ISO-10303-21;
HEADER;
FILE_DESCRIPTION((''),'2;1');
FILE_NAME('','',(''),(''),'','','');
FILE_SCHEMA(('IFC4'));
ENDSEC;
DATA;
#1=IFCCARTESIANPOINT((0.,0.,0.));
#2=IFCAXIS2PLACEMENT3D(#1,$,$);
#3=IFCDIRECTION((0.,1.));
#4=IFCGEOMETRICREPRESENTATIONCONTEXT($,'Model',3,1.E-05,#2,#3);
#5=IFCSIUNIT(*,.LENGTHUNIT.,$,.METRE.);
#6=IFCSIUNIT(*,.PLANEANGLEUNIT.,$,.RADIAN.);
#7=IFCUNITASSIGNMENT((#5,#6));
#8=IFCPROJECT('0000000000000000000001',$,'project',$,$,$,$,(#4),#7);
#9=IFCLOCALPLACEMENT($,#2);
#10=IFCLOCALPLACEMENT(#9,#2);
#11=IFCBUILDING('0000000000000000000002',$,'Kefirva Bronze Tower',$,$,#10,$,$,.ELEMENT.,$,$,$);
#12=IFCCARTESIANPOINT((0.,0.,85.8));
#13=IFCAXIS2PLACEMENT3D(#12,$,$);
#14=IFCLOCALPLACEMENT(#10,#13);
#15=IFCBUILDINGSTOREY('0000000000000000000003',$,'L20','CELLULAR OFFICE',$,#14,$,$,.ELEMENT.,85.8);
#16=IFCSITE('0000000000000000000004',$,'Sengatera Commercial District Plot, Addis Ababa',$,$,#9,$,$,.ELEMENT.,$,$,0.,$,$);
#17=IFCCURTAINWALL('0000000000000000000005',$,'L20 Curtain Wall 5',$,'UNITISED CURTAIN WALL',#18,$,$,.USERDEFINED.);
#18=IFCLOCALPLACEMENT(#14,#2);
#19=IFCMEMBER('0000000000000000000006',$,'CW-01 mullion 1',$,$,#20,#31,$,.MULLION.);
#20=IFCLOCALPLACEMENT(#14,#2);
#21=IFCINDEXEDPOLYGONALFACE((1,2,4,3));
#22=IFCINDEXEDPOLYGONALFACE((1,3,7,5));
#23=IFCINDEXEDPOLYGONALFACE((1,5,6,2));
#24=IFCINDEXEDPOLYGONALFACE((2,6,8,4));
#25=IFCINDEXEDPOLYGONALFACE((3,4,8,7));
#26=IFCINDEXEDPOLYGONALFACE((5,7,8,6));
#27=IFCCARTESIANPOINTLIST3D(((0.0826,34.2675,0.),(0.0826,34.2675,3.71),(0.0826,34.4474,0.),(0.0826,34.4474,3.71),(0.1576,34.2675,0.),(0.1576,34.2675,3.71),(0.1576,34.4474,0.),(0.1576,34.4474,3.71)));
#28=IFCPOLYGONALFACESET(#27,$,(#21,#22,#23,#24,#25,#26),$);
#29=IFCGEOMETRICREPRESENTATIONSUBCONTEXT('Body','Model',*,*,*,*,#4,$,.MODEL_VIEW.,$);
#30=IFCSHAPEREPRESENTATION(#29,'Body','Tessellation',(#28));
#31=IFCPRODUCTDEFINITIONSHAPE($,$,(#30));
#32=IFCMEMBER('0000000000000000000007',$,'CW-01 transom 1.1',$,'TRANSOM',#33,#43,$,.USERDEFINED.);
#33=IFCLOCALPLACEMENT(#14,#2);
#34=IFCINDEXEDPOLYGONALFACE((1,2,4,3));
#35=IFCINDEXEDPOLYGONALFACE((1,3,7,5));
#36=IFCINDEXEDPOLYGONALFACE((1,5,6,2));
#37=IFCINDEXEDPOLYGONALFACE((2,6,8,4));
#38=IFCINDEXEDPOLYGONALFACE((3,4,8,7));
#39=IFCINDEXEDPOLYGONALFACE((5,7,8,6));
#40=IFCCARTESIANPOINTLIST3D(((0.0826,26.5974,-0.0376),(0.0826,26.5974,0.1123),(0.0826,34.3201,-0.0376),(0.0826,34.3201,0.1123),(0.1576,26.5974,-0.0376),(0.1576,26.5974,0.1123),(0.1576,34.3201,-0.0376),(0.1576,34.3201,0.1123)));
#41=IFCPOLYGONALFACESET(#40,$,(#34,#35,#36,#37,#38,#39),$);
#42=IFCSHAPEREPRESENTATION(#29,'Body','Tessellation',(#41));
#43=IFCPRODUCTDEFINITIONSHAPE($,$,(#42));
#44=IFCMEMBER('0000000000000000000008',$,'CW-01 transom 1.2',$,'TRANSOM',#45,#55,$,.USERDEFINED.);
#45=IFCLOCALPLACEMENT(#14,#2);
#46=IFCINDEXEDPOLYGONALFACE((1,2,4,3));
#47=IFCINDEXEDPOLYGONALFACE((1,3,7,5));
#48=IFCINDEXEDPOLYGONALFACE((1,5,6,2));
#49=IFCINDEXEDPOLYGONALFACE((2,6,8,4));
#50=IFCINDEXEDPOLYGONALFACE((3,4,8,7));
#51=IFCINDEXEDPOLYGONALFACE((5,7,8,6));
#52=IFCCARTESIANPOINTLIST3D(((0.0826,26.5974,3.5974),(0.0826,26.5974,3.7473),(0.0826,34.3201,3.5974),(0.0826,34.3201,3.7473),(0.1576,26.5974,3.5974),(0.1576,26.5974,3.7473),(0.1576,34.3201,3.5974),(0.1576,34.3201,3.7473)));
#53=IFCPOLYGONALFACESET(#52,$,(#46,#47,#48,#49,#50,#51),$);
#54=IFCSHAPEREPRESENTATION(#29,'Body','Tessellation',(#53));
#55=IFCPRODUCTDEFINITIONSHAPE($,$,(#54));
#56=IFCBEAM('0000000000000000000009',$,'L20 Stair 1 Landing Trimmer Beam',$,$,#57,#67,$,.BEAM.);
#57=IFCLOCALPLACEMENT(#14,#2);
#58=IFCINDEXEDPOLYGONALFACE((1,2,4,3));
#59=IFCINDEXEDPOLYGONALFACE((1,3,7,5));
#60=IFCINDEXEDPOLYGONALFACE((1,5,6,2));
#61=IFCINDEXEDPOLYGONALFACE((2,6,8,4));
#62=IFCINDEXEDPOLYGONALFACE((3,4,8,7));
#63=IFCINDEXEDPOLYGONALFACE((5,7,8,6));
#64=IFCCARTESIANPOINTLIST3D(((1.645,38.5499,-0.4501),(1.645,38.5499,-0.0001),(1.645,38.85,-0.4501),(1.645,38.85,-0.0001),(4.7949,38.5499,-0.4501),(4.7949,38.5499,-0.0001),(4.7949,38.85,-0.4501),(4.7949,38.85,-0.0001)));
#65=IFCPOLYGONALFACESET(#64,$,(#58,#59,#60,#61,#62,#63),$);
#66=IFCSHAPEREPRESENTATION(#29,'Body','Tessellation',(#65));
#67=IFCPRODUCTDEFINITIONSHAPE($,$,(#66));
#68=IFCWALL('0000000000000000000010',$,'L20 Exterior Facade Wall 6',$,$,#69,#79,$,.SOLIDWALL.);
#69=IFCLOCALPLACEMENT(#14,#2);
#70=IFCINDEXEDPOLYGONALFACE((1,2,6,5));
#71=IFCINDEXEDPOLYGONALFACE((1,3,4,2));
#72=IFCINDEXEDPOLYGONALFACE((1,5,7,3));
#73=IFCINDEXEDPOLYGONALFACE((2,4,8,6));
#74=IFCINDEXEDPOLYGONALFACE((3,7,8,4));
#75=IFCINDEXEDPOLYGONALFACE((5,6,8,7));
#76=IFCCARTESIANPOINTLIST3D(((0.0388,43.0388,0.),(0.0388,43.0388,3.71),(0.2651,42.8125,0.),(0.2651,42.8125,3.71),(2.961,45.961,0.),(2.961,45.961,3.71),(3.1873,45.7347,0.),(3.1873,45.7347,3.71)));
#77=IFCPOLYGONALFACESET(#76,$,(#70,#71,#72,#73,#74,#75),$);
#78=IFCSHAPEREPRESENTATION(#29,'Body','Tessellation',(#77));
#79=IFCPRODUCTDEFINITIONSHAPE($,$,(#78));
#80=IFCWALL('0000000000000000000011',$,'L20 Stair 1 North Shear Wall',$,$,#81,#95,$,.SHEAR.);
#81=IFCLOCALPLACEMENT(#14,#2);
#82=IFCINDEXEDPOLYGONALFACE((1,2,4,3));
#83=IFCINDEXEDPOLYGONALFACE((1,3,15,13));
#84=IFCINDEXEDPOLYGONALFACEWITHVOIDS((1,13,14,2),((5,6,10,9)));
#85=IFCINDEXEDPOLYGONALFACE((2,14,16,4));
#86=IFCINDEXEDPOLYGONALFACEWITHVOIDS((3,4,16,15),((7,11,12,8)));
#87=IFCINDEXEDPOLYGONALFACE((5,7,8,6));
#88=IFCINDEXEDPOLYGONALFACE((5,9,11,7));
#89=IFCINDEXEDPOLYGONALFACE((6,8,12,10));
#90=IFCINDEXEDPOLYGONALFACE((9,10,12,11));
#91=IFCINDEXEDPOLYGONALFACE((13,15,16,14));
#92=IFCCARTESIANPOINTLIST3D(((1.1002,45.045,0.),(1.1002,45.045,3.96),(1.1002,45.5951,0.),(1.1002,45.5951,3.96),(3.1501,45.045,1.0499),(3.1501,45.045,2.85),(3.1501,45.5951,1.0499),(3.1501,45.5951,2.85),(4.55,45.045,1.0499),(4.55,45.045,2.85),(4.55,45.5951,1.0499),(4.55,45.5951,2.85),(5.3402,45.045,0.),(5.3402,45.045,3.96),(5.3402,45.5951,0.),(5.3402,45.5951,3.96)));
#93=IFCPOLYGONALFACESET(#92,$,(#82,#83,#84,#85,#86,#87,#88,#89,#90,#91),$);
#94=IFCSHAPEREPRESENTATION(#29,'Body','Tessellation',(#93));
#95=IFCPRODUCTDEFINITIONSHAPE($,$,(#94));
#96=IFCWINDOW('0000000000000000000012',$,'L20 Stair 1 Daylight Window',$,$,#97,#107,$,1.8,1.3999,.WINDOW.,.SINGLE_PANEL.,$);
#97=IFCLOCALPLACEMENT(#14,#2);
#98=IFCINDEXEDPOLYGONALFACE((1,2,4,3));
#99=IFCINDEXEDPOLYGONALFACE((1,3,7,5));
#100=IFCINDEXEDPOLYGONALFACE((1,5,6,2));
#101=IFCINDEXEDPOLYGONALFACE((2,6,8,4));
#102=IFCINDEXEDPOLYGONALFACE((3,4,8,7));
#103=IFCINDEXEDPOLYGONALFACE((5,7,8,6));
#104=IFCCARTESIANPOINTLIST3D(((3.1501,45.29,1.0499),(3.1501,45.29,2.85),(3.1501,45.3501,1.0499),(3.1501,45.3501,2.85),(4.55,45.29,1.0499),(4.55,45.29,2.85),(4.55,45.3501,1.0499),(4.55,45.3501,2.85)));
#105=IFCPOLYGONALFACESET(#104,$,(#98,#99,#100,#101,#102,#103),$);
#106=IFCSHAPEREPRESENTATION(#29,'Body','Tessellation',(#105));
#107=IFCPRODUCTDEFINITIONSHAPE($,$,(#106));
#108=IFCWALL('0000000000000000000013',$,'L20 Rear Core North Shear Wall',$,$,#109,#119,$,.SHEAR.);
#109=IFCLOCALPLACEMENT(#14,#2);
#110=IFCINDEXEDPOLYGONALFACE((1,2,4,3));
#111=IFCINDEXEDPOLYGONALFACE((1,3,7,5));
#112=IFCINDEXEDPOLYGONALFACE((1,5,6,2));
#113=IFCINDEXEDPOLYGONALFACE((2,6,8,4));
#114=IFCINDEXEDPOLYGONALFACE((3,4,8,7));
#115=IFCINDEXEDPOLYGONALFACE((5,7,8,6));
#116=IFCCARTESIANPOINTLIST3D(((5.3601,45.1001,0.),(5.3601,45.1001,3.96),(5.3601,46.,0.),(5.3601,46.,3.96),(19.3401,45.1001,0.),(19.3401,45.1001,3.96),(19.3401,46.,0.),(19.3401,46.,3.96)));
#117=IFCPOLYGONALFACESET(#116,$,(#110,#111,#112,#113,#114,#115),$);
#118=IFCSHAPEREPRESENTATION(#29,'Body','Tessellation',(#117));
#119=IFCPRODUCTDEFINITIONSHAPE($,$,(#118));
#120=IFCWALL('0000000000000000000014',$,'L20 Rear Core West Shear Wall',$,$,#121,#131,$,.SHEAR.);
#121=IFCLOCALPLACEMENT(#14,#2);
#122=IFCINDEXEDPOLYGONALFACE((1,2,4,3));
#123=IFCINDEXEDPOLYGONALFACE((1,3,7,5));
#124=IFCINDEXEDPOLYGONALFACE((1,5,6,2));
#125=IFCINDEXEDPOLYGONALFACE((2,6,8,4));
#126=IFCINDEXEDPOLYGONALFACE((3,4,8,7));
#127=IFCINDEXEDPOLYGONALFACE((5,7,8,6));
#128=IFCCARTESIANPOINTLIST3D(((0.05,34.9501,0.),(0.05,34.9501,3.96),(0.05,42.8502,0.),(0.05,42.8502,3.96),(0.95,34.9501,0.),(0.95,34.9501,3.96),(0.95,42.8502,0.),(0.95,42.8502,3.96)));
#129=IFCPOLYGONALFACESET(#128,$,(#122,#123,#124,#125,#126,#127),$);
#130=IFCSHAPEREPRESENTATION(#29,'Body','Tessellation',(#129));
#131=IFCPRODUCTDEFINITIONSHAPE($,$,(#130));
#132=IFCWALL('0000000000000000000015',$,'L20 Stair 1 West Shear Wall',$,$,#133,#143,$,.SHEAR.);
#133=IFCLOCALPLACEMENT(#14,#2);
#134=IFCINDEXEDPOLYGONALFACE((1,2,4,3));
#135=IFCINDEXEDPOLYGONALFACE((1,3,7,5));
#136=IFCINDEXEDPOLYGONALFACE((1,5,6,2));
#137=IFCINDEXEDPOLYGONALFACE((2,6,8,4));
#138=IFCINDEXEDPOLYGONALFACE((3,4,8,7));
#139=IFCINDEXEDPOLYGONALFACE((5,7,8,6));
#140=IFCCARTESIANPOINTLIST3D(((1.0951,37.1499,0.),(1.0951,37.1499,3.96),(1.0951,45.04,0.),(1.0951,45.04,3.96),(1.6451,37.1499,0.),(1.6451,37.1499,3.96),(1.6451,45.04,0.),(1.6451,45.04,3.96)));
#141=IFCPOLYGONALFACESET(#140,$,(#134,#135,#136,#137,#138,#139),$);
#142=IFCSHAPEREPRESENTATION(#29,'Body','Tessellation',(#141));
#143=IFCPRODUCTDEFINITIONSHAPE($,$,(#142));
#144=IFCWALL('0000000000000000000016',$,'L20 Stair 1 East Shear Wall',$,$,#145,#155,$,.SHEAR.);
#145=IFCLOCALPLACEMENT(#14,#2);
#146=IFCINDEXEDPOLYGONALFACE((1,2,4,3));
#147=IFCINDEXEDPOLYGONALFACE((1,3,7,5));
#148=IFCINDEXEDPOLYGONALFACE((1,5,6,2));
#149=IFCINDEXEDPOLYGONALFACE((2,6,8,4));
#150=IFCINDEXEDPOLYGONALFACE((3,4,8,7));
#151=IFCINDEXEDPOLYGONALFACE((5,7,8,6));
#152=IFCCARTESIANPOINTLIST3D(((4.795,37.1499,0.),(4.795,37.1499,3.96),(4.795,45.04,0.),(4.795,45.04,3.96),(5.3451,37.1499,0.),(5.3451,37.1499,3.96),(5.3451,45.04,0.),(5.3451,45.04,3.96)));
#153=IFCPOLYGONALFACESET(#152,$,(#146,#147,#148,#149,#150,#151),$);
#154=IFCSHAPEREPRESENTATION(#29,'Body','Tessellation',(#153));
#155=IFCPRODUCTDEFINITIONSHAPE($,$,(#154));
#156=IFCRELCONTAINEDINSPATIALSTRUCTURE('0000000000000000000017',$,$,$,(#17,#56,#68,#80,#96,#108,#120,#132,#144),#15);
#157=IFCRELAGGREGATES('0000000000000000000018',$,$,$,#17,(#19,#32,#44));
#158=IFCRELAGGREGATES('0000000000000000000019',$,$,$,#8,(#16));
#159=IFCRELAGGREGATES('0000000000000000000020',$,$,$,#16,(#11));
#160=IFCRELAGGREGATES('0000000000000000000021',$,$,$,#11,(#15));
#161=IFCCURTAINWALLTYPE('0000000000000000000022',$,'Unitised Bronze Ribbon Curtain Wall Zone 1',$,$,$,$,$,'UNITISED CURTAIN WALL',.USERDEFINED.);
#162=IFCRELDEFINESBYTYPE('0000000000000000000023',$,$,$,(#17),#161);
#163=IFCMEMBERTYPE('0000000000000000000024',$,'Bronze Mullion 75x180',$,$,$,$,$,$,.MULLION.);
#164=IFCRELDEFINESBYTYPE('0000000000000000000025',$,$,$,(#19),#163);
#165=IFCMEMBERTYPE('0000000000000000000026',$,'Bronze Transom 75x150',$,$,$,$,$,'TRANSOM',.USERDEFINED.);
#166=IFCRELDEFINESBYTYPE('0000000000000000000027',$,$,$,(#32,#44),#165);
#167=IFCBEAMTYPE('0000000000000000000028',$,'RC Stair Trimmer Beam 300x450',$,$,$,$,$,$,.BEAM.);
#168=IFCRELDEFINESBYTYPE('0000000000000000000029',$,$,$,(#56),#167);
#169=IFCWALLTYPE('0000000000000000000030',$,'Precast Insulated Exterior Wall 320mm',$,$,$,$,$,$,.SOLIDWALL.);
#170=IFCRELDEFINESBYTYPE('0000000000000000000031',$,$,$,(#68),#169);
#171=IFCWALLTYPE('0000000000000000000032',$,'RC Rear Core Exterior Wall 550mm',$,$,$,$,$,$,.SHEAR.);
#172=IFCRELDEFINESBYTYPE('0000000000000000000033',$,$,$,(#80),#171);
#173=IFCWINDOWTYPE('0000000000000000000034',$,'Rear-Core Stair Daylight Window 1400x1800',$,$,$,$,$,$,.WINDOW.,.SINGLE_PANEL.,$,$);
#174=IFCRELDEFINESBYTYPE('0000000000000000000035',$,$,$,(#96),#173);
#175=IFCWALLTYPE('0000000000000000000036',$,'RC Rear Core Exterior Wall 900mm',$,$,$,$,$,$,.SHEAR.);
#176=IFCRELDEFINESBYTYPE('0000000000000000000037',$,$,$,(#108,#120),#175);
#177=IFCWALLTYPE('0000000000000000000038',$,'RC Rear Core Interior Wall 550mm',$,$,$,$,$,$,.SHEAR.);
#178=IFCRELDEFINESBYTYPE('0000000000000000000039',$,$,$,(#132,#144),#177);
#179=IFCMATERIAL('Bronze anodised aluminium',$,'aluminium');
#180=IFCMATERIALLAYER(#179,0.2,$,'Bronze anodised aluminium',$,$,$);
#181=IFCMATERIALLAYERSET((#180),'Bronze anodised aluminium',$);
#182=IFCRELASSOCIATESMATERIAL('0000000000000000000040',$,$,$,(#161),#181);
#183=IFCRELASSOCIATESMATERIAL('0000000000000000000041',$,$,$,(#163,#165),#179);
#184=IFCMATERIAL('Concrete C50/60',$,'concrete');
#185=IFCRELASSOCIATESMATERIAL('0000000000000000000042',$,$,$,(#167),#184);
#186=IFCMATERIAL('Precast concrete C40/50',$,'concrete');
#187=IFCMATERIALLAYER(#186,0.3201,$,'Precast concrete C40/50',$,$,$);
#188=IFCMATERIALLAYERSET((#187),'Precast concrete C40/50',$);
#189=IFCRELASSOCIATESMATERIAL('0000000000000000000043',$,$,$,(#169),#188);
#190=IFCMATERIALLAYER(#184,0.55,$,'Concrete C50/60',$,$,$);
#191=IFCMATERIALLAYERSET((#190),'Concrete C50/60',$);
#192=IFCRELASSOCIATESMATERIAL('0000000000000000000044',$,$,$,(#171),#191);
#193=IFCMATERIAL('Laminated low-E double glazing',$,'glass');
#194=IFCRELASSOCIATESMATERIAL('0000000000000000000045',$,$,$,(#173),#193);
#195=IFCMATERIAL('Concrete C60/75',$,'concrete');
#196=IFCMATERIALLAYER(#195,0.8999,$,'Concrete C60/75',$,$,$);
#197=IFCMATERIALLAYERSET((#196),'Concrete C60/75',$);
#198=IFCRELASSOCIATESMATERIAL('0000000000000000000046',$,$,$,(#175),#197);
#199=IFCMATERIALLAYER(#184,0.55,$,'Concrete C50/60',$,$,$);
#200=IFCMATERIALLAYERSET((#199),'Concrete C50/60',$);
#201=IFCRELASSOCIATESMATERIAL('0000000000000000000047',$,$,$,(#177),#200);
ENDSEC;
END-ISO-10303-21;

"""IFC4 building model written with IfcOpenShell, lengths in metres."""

from ifc_helpers import new_model, si_unit, direction, frame, frame_2d, origin, origin_2d, place, context, subcontext, project, spatial, rectangle, extrude, material, layer, layer_set, material_profile, profile_set, type_object, element, fill, aggregate, save


model = new_model("IFC4")

# Units and contexts
model_context = context("Model", 3, precision=1e-05, world=origin(), true_north=direction((0.0, 1.0)))
body_context = subcontext(model_context, "Body", "Model", "MODEL_VIEW")
ifc_project = project(units=[si_unit("LENGTHUNIT", "METRE"), si_unit("PLANEANGLEUNIT", "RADIAN")], contexts=[model_context])

# Site, building, storey
site_placement = place(None, origin())
site = spatial("IfcSite", under=ifc_project, at=site_placement, Name="Sengatera Commercial District Plot, Addis Ababa", CompositionType="ELEMENT", RefElevation=0.0)
building_placement = place(site_placement, origin())
building = spatial("IfcBuilding", under=site, at=building_placement, Name="Kefirva Bronze Tower", CompositionType="ELEMENT")
storey_placement = place(building_placement, frame((0.0, 0.0, 85.8)))
storey = spatial("IfcBuildingStorey", under=building, at=storey_placement, Name="L20", Description="CELLULAR OFFICE", CompositionType="ELEMENT", Elevation=85.8)

# Curtain wall, members
ifc_material_1 = material(Name="Bronze anodised aluminium", Category="aluminium")
ifc_layer_1 = layer(ifc_material_1, 0.2, Name="Bronze anodised aluminium")
ifc_layer_set_1 = layer_set([ifc_layer_1], Name="Bronze anodised aluminium")
curtain_wall_type = type_object("IfcCurtainWallType", Name="Unitised Bronze Ribbon Curtain Wall Zone 1", ElementType="UNITISED CURTAIN WALL", PredefinedType="USERDEFINED", material=ifc_layer_set_1)
curtain_wall_placement = place(storey_placement, origin())
curtain_wall = element("IfcCurtainWall", 1, at=curtain_wall_placement, inside=storey, type_object=curtain_wall_type, Name="L20 Curtain Wall 5", ObjectType="UNITISED CURTAIN WALL", PredefinedType="USERDEFINED")
ifc_material_profile_1 = material_profile(ifc_material_1, rectangle(XDim=0.075, YDim=0.1799, at=origin_2d()), Name="ALU 75x180")
ifc_profile_set_1 = profile_set([ifc_material_profile_1], Name="Bronze anodised aluminium")
member_type_1 = type_object("IfcMemberType", Name="Bronze Mullion 75x180", PredefinedType="MULLION", material=ifc_profile_set_1)
member_1_placement = place(storey_placement, frame((0.1201, 34.3574, 0.0), z_axis=(0.0, 0.0, 1.0), x_axis=(1.0, 0.0, 0.0)))
member_1 = element("IfcMember", 2, at=member_1_placement, type_object=member_type_1, Name="CW-01 mullion 1", PredefinedType="MULLION", context=body_context, shape_type="SweptSolid", body=[
    extrude(rectangle(XDim=0.075, YDim=0.1799, at=origin_2d()), origin(), (0.0, 0.0, 1.0), 3.71),
])
ifc_material_profile_2 = material_profile(ifc_material_1, rectangle(XDim=0.075, YDim=0.1499, at=origin_2d()), Name="ALU 75x150")
ifc_profile_set_2 = profile_set([ifc_material_profile_2], Name="Bronze anodised aluminium")
member_type_2 = type_object("IfcMemberType", Name="Bronze Transom 75x150", ElementType="TRANSOM", PredefinedType="USERDEFINED", material=ifc_profile_set_2)
member_2_placement = place(storey_placement, frame((0.1201, 34.3201, 0.0374), z_axis=(0.0, -1.0, 0.0), x_axis=(1.0, 0.0, 0.0)))
member_2 = element("IfcMember", 3, at=member_2_placement, type_object=member_type_2, Name="CW-01 transom 1.1", ObjectType="TRANSOM", PredefinedType="USERDEFINED", context=body_context, shape_type="SweptSolid", body=[
    extrude(rectangle(XDim=0.075, YDim=0.1499, at=origin_2d()), origin(), (0.0, 0.0, 1.0), 7.7227),
])
member_3_placement = place(storey_placement, frame((0.1201, 34.3201, 3.6724), z_axis=(0.0, -1.0, 0.0), x_axis=(1.0, 0.0, 0.0)))
member_3 = element("IfcMember", 4, at=member_3_placement, type_object=member_type_2, Name="CW-01 transom 1.2", ObjectType="TRANSOM", PredefinedType="USERDEFINED", context=body_context, shape_type="SweptSolid", body=[
    extrude(rectangle(XDim=0.075, YDim=0.1499, at=origin_2d()), origin(), (0.0, 0.0, 1.0), 7.7227),
])
aggregate(curtain_wall, [member_1, member_2, member_3])

# Beam
ifc_material_2 = material(Name="Concrete C50/60", Category="concrete")
ifc_material_profile_3 = material_profile(ifc_material_2, rectangle(XDim=0.3, YDim=0.45, at=origin_2d()), Name="RC 300x450")
ifc_profile_set_3 = profile_set([ifc_material_profile_3], Name="Concrete C50/60")
beam_type = type_object("IfcBeamType", Name="RC Stair Trimmer Beam 300x450", PredefinedType="BEAM", material=ifc_profile_set_3)
beam_placement = place(storey_placement, frame((1.645, 38.7, -0.2251), z_axis=(1.0, 0.0, 0.0), x_axis=(0.0, 1.0, 0.0)))
element("IfcBeam", 5, at=beam_placement, inside=storey, type_object=beam_type, Name="L20 Stair 1 Landing Trimmer Beam", PredefinedType="BEAM", context=body_context, shape_type="SweptSolid", body=[
    extrude(rectangle(XDim=0.3, YDim=0.45, at=origin_2d()), origin(), (0.0, 0.0, 1.0), 3.1499),
])

# Wall
ifc_material_3 = material(Name="Precast concrete C40/50", Category="concrete")
ifc_layer_2 = layer(ifc_material_3, 0.3201, Name="Precast concrete C40/50")
ifc_layer_set_2 = layer_set([ifc_layer_2], Name="Precast concrete C40/50")
wall_type_1 = type_object("IfcWallType", Name="Precast Insulated Exterior Wall 320mm", PredefinedType="SOLIDWALL", material=ifc_layer_set_2)
wall_1_placement = place(storey_placement, frame((3.0742, 45.8479, 0.0), z_axis=(0.0, 0.0, 1.0), x_axis=(-0.707107, -0.707107, 0.0)))
element("IfcWall", 6, at=wall_1_placement, inside=storey, type_object=wall_type_1, Name="L20 Exterior Facade Wall 6", PredefinedType="SOLIDWALL", context=body_context, shape_type="SweptSolid", body=[
    extrude(rectangle(XDim=4.1326, YDim=0.3201, at=frame_2d((2.0664, 0.0))), origin(), (0.0, 0.0, 1.0), 3.71),
])

# Wall, opening, window
ifc_layer_3 = layer(ifc_material_2, 0.55, Name="Concrete C50/60")
ifc_layer_set_3 = layer_set([ifc_layer_3], Name="Concrete C50/60")
wall_type_2 = type_object("IfcWallType", Name="RC Rear Core Exterior Wall 550mm", PredefinedType="SHEAR", material=ifc_layer_set_3)
wall_2_placement = place(storey_placement, frame((1.1001, 45.3201, 0.0), z_axis=(0.0, 0.0, 1.0), x_axis=(1.0, 0.0, 0.0)))
wall_2 = element("IfcWall", 7, at=wall_2_placement, inside=storey, type_object=wall_type_2, Name="L20 Stair 1 North Shear Wall", PredefinedType="SHEAR", context=body_context, shape_type="SweptSolid", body=[
    extrude(rectangle(XDim=4.24, YDim=0.55, at=frame_2d((2.1201, 0.0))), origin(), (0.0, 0.0, 1.0), 3.96),
])
opening_1_placement = place(wall_2_placement, frame((2.05, 0.0, 1.05)))
opening_1 = element("IfcOpeningElement", 8, at=opening_1_placement, cuts=wall_2, PredefinedType="OPENING", context=body_context, shape_type="SweptSolid", body=[
    extrude(rectangle(XDim=1.3999, YDim=1.8, at=frame_2d((0.7, 0.8999))), frame((0.0, 0.2852, 0.0), z_axis=(0.0, -1.0, 0.0), x_axis=(1.0, 0.0, 0.0)), (0.0, 0.0, 1.0), 0.5701),
])
ifc_material_4 = material(Name="Laminated low-E double glazing", Category="glass")
window_type = type_object("IfcWindowType", Name="Rear-Core Stair Daylight Window 1400x1800", PartitioningType="SINGLE_PANEL", PredefinedType="WINDOW", material=ifc_material_4)
window_placement = place(opening_1_placement, origin())
window = element("IfcWindow", 9, at=window_placement, inside=storey, type_object=window_type, Name="L20 Stair 1 Daylight Window", OverallHeight=1.8, OverallWidth=1.3999, PartitioningType="SINGLE_PANEL", PredefinedType="WINDOW", context=body_context, shape_type="SweptSolid", body=[
    extrude(rectangle(XDim=1.3999, YDim=1.8, at=frame_2d((0.7, 0.8999))), frame((0.0, 0.03, 0.0), z_axis=(0.0, -1.0, 0.0), x_axis=(1.0, 0.0, 0.0)), (0.0, 0.0, 1.0), 0.0601),
])
fill(opening_1, window)

# Walls
ifc_material_5 = material(Name="Concrete C60/75", Category="concrete")
ifc_layer_4 = layer(ifc_material_5, 0.8999, Name="Concrete C60/75")
ifc_layer_set_4 = layer_set([ifc_layer_4], Name="Concrete C60/75")
wall_type_3 = type_object("IfcWallType", Name="RC Rear Core Exterior Wall 900mm", PredefinedType="SHEAR", material=ifc_layer_set_4)
wall_3_placement = place(storey_placement, frame((5.3601, 45.55, 0.0), z_axis=(0.0, 0.0, 1.0), x_axis=(1.0, 0.0, 0.0)))
element("IfcWall", 10, at=wall_3_placement, inside=storey, type_object=wall_type_3, Name="L20 Rear Core North Shear Wall", PredefinedType="SHEAR", context=body_context, shape_type="SweptSolid", body=[
    extrude(rectangle(XDim=13.98, YDim=0.8999, at=frame_2d((6.99, 0.0))), origin(), (0.0, 0.0, 1.0), 3.96),
])
wall_4_placement = place(storey_placement, frame((0.5, 34.95, 0.0), z_axis=(0.0, 0.0, 1.0), x_axis=(0.0, 1.0, 0.0)))
element("IfcWall", 11, at=wall_4_placement, inside=storey, type_object=wall_type_3, Name="L20 Rear Core West Shear Wall", PredefinedType="SHEAR", context=body_context, shape_type="SweptSolid", body=[
    extrude(rectangle(XDim=7.9001, YDim=0.8999, at=frame_2d((3.9502, 0.0))), origin(), (0.0, 0.0, 1.0), 3.96),
])
ifc_layer_5 = layer(ifc_material_2, 0.55, Name="Concrete C50/60")
ifc_layer_set_5 = layer_set([ifc_layer_5], Name="Concrete C50/60")
wall_type_4 = type_object("IfcWallType", Name="RC Rear Core Interior Wall 550mm", PredefinedType="SHEAR", material=ifc_layer_set_5)
for number, where, z_axis, x_axis, name in (
    (12, (1.3701, 37.1499, 0.0), (0.0, 0.0, 1.0), (0.0, 1.0, 0.0), "L20 Stair 1 West Shear Wall"),
    (13, (5.0701, 37.1499, 0.0), (0.0, 0.0, 1.0), (0.0, 1.0, 0.0), "L20 Stair 1 East Shear Wall"),
):
    element("IfcWall", number, at=place(storey_placement, frame(where, z_axis=z_axis, x_axis=x_axis)), inside=storey, type_object=wall_type_4, Name=name, PredefinedType="SHEAR", context=body_context, shape_type="SweptSolid", body=[
        extrude(rectangle(XDim=7.8901, YDim=0.55, at=frame_2d((3.9451, 0.0))), origin(), (0.0, 0.0, 1.0), 3.96),
    ])

save(model, "model.ifc")
